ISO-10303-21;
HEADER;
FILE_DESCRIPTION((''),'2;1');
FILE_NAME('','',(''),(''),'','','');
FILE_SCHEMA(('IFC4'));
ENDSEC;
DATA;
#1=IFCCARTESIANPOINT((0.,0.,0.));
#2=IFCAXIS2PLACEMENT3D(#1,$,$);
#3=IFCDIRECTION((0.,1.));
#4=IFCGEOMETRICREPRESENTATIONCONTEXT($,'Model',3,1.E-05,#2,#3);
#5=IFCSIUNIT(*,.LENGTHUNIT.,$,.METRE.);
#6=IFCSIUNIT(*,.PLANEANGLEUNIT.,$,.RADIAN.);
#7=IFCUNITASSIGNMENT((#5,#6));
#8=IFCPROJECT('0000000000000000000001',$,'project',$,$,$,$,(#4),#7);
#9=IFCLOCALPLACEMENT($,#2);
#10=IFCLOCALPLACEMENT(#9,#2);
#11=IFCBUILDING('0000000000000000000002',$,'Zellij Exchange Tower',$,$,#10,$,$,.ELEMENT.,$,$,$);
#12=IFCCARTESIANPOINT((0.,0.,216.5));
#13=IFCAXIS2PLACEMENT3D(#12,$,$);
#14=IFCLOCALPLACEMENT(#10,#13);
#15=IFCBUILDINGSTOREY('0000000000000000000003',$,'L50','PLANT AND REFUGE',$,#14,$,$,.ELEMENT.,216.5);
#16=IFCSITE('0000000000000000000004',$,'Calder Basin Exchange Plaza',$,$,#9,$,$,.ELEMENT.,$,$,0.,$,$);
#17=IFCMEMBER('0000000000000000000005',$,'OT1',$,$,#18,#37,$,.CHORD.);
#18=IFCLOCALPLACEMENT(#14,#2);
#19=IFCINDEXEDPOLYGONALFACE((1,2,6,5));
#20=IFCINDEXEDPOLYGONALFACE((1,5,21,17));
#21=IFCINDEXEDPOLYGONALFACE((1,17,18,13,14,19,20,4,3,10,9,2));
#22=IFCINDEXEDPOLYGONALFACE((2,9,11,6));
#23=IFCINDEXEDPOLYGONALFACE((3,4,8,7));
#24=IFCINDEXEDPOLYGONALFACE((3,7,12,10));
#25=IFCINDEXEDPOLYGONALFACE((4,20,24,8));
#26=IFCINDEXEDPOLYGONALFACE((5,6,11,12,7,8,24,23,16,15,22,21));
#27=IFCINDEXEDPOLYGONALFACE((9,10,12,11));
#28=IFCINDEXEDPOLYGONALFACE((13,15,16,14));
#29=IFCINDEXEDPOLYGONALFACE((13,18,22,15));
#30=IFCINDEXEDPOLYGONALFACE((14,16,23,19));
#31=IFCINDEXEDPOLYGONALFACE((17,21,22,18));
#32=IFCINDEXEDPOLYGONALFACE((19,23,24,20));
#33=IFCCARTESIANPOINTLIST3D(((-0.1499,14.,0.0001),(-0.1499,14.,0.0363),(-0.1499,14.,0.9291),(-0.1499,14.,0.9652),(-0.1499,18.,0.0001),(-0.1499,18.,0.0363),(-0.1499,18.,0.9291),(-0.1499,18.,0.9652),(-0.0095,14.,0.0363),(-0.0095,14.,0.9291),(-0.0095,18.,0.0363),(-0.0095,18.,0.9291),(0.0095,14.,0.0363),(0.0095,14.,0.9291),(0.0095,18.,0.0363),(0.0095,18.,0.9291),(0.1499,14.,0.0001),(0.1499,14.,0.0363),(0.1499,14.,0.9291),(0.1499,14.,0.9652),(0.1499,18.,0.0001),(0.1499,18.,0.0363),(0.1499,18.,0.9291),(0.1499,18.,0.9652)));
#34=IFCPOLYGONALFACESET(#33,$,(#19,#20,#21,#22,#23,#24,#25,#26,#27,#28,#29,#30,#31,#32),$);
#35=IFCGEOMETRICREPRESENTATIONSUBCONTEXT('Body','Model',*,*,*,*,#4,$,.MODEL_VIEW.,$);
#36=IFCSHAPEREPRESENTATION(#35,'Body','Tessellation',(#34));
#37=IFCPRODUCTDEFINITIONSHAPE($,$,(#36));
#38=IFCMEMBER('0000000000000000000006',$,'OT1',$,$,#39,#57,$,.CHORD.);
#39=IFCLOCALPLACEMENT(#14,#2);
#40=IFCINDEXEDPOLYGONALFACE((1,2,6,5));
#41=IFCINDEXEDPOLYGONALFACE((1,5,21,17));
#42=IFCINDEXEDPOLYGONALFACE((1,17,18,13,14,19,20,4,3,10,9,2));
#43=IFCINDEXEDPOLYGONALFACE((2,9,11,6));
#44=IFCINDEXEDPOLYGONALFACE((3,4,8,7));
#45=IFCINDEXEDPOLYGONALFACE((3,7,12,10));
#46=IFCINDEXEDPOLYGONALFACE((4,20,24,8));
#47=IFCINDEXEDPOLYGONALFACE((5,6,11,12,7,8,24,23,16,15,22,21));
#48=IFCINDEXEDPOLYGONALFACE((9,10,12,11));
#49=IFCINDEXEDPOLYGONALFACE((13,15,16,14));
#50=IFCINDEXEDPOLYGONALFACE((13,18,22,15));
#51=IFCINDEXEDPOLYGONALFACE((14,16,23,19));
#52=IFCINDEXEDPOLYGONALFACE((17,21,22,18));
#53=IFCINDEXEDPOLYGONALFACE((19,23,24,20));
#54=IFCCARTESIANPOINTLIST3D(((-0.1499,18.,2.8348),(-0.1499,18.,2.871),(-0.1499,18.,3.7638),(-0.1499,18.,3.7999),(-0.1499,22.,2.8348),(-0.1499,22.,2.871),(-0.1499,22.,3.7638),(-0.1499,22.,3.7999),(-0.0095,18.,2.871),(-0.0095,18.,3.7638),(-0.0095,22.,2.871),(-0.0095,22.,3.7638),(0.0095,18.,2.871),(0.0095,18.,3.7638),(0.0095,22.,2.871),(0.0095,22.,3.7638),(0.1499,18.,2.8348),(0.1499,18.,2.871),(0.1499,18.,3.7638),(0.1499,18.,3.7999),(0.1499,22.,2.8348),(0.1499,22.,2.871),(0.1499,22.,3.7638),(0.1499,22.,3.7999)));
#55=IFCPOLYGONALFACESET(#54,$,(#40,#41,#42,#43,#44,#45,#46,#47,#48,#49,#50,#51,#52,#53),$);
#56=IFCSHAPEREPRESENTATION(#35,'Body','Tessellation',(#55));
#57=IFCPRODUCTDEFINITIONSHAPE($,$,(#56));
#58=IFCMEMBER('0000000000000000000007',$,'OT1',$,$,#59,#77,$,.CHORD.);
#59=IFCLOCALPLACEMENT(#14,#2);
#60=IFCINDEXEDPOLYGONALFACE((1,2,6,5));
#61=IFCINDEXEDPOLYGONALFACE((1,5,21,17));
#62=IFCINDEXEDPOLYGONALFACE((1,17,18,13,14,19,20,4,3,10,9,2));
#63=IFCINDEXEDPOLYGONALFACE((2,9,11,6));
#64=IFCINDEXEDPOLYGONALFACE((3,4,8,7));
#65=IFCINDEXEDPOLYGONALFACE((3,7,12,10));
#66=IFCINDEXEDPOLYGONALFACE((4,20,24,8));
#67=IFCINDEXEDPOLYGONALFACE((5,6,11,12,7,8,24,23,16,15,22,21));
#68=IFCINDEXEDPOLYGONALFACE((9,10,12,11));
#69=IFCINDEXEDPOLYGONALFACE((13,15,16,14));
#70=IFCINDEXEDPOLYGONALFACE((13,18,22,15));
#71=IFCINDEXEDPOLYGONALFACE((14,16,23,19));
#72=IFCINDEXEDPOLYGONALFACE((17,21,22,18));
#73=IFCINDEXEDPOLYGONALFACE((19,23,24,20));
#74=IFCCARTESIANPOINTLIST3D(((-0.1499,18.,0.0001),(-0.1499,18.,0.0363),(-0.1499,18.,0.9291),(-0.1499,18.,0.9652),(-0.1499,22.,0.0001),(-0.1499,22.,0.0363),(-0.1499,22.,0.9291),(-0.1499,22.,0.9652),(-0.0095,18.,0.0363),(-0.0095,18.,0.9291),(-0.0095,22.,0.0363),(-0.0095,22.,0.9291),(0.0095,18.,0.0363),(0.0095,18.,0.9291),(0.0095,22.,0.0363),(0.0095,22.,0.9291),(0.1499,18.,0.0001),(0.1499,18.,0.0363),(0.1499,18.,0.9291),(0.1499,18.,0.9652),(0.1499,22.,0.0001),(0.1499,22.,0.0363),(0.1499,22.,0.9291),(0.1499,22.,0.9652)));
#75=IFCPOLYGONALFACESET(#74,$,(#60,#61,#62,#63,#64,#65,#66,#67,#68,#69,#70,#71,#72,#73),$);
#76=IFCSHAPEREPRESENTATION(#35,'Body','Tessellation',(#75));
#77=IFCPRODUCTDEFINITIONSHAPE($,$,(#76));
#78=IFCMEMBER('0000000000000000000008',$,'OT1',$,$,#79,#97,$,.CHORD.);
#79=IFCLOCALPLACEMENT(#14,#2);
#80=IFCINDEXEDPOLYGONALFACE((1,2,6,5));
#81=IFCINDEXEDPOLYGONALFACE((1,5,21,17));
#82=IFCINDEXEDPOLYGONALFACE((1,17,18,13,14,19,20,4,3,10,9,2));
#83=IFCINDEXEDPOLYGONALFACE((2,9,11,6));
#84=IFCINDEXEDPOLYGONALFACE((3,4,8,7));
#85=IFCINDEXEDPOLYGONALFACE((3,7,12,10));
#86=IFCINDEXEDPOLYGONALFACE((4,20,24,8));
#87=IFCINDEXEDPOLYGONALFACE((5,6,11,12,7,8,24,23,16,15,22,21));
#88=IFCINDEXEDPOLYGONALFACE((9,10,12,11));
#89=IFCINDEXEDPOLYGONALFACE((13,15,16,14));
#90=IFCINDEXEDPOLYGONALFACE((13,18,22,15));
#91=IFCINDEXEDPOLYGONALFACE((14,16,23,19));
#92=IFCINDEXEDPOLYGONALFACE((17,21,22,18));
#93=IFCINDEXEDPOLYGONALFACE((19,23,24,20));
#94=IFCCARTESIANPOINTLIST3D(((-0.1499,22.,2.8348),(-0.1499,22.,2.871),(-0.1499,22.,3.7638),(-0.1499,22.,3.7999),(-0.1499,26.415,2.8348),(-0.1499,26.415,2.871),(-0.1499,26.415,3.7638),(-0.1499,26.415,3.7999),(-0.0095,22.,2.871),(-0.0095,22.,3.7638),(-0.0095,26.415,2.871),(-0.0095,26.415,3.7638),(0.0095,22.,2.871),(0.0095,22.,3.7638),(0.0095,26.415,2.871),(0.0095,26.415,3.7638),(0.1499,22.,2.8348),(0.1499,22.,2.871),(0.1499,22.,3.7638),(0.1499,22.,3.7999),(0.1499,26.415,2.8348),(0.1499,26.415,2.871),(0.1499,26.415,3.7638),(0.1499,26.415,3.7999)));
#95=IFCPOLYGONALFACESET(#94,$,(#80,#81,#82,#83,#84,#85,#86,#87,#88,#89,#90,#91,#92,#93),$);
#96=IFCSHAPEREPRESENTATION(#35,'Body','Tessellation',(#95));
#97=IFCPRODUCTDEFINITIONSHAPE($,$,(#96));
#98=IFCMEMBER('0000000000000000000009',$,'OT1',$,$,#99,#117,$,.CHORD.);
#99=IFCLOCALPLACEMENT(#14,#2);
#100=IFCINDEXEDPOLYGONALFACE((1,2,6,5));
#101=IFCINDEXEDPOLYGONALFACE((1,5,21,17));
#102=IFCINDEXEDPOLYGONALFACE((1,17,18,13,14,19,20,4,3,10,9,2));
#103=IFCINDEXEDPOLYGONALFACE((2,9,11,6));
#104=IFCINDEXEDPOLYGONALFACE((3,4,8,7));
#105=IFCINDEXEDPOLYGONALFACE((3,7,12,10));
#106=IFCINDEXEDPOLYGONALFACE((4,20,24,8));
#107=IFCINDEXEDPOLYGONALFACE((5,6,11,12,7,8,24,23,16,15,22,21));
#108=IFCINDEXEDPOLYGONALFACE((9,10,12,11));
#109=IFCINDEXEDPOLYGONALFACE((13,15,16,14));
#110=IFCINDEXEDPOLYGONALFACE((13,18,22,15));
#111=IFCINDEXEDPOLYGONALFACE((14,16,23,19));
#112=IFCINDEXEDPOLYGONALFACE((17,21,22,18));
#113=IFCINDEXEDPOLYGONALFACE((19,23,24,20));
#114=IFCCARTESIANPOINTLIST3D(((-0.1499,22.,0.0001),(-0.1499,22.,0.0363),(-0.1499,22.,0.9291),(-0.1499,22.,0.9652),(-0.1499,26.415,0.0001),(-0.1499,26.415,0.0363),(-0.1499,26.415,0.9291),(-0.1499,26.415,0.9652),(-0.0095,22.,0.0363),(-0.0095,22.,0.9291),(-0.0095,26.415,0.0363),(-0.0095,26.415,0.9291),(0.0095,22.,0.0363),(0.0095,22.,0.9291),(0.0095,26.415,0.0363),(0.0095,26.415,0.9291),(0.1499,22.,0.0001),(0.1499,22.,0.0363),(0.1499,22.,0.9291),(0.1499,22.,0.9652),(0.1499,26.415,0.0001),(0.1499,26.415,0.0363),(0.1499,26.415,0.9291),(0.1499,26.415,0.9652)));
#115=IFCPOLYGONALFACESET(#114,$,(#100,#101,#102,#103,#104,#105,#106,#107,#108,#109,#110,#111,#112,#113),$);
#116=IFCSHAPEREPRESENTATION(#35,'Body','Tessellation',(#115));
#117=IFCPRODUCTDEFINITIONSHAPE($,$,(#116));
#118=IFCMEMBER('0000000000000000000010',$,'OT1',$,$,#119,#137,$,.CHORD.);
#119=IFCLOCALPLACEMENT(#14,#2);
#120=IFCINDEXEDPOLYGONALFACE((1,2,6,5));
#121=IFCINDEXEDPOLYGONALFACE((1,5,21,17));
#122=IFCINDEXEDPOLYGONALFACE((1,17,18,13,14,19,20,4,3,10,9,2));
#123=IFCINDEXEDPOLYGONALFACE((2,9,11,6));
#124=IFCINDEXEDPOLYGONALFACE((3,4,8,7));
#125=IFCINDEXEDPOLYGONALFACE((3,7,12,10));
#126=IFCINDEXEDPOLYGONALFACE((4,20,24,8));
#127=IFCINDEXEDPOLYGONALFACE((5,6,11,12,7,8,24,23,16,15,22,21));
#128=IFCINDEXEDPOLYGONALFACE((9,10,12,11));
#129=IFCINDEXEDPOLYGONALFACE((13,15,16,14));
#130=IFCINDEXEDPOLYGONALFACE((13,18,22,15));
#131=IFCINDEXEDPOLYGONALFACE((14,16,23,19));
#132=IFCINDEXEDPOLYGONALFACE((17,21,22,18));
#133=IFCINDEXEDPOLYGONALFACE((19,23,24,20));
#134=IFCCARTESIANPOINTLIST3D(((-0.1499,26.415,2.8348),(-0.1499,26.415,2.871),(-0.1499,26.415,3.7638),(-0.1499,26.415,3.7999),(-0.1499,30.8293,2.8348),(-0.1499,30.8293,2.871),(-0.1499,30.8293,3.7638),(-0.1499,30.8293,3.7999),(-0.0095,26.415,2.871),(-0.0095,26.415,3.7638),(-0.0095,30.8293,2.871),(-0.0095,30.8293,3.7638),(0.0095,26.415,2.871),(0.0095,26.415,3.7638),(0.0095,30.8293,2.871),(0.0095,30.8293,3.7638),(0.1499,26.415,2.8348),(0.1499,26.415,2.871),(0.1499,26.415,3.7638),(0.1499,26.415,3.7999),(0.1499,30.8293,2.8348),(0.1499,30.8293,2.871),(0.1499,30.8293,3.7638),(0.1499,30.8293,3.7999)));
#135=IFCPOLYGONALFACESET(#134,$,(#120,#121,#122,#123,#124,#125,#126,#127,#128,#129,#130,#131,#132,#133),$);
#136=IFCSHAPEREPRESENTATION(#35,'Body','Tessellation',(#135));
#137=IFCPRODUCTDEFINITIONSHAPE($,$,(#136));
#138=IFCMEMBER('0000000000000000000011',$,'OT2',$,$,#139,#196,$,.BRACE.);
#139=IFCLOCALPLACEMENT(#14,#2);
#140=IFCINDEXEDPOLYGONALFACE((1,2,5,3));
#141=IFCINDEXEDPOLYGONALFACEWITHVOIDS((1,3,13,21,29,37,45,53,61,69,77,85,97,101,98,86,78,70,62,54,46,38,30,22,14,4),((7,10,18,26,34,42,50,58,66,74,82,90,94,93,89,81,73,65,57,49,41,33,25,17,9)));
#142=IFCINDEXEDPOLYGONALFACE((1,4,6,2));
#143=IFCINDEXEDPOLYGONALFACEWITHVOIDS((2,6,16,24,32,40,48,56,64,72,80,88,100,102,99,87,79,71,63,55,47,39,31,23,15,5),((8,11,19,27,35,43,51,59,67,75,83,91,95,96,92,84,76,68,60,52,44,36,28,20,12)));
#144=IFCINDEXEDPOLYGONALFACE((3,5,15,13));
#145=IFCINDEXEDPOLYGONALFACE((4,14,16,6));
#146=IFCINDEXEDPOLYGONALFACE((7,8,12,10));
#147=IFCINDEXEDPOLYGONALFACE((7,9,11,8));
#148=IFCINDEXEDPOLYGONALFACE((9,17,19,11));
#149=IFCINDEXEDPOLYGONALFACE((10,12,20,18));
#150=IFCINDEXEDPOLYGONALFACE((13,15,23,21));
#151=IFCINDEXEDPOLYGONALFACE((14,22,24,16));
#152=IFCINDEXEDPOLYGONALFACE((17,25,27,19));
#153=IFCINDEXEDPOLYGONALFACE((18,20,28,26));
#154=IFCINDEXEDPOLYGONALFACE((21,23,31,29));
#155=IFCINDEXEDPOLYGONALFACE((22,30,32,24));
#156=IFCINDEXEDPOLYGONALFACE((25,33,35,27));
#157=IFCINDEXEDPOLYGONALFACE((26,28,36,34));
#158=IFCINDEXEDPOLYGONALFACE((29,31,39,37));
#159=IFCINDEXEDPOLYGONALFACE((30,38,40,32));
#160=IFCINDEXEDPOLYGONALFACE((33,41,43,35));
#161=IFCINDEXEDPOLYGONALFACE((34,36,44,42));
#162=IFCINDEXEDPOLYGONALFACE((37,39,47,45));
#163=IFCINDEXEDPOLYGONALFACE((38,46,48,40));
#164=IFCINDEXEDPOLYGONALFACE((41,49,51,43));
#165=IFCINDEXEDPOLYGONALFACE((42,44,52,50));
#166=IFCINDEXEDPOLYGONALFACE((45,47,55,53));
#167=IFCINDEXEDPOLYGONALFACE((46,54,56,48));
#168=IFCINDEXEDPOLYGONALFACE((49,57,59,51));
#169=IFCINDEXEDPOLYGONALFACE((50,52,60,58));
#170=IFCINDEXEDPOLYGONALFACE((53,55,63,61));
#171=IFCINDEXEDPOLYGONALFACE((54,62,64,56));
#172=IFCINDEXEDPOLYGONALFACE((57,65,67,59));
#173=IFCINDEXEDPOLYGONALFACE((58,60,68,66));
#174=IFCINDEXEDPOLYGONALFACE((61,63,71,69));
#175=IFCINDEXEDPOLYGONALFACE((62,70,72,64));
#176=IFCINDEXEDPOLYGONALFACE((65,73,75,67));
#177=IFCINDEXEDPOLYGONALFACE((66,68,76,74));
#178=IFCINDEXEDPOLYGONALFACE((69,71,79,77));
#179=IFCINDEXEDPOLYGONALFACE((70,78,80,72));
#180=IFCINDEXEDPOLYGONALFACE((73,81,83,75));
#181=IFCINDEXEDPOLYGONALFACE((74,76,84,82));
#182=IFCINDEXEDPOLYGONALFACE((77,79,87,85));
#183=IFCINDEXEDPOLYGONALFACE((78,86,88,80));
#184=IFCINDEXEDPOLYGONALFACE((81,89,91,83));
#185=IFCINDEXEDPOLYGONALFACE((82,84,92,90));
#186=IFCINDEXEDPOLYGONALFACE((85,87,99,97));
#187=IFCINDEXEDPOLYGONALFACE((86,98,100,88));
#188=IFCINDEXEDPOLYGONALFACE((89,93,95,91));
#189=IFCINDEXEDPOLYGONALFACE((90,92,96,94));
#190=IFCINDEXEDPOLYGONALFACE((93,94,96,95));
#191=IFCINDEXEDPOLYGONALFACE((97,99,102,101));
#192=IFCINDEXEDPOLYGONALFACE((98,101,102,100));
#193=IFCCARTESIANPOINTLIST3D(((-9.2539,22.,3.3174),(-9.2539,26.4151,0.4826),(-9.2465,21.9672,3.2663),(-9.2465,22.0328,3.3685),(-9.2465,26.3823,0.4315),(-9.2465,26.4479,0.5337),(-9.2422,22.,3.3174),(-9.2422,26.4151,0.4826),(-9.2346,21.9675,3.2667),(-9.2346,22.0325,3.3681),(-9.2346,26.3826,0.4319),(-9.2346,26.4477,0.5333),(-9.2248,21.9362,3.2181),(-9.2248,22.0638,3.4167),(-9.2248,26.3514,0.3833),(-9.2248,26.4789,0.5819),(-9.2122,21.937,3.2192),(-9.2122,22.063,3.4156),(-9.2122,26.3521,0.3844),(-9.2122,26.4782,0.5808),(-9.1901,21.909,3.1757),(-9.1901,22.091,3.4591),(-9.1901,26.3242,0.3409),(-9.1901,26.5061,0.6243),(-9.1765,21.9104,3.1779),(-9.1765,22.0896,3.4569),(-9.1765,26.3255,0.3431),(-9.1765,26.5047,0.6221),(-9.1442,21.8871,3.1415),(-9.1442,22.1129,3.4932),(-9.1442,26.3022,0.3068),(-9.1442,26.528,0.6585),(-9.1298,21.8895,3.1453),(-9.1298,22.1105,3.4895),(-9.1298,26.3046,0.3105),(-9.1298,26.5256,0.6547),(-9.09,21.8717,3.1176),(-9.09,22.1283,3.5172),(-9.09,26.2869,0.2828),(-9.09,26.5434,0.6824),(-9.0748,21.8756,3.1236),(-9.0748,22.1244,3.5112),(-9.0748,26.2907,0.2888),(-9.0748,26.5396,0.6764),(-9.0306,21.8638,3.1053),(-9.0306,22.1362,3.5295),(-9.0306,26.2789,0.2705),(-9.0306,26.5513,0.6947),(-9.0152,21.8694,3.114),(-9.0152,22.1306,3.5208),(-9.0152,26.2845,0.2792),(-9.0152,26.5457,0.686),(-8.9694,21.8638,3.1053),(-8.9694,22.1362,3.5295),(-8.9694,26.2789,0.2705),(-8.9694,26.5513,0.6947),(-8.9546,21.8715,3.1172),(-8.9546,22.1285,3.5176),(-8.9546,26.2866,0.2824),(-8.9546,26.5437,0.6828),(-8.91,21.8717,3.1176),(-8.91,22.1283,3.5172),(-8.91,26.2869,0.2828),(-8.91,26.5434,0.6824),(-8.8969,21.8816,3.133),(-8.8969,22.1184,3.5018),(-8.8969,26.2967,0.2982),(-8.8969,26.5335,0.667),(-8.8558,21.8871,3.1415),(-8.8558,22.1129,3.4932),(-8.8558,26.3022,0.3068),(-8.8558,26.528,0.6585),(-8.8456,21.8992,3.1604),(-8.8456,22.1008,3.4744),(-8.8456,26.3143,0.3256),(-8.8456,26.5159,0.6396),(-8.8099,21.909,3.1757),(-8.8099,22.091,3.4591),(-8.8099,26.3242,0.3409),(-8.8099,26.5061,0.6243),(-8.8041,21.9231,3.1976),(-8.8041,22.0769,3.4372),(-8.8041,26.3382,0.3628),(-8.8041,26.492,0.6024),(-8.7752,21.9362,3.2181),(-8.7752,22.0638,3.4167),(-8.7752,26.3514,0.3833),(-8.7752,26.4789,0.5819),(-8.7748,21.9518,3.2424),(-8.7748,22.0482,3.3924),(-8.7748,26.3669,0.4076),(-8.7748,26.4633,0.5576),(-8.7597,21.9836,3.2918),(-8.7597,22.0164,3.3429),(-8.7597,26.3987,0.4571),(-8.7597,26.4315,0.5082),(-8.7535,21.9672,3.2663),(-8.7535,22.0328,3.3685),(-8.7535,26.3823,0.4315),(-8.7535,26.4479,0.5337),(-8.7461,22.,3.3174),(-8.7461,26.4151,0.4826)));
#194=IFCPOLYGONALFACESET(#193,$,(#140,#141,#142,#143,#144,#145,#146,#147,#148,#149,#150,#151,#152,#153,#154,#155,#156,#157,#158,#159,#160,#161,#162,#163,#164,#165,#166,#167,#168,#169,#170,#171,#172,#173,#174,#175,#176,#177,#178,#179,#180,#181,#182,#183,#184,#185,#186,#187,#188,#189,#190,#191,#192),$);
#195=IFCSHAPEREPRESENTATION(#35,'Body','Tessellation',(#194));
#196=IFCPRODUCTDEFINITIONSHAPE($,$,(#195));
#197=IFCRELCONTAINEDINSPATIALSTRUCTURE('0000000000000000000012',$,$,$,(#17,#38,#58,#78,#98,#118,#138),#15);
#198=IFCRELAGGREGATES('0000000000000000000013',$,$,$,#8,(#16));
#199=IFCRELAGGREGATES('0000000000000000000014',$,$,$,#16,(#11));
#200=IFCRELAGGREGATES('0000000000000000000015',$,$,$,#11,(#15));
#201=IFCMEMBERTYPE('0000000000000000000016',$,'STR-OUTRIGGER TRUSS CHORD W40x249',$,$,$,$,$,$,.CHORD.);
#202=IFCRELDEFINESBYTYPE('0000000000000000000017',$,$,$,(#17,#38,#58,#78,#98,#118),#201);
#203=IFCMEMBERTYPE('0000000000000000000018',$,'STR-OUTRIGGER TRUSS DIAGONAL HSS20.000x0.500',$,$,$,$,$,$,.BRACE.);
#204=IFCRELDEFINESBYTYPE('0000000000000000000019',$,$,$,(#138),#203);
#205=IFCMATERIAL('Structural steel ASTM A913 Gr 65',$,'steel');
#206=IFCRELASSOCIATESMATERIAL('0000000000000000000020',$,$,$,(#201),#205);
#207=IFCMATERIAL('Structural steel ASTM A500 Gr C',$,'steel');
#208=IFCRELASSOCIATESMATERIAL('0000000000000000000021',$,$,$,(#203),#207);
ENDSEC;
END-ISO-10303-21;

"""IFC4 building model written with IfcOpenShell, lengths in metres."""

from ifc_helpers import new_model, si_unit, direction, frame, origin, origin_2d, place, context, subcontext, project, spatial, hollow_circle, i_section, extrude, material, material_profile, profile_set, type_object, element, save


model = new_model("IFC4")

# Units and contexts
model_context = context("Model", 3, precision=1e-05, world=origin(), true_north=direction((0.0, 1.0)))
body_context = subcontext(model_context, "Body", "Model", "MODEL_VIEW")
ifc_project = project(units=[si_unit("LENGTHUNIT", "METRE"), si_unit("PLANEANGLEUNIT", "RADIAN")], contexts=[model_context])

# Site, building, storey
site_placement = place(None, origin())
site = spatial("IfcSite", under=ifc_project, at=site_placement, Name="Calder Basin Exchange Plaza", CompositionType="ELEMENT", RefElevation=0.0)
building_placement = place(site_placement, origin())
building = spatial("IfcBuilding", under=site, at=building_placement, Name="Zellij Exchange Tower", CompositionType="ELEMENT")
storey_placement = place(building_placement, frame((0.0, 0.0, 216.5)))
storey = spatial("IfcBuildingStorey", under=building, at=storey_placement, Name="L50", Description="PLANT AND REFUGE", CompositionType="ELEMENT", Elevation=216.5)

# Shared definitions
ifc_material_1 = material(Name="Structural steel ASTM A913 Gr 65", Category="steel")

# Members
ifc_material_profile_1 = material_profile(ifc_material_1, i_section(OverallWidth=0.2998, OverallDepth=0.9651, WebThickness=0.019, FlangeThickness=0.0361, at=origin_2d()), Name="W40x249")
ifc_profile_set_1 = profile_set([ifc_material_profile_1], Name="Structural steel ASTM A913 Gr 65")
member_type_1 = type_object("IfcMemberType", Name="STR-OUTRIGGER TRUSS CHORD W40x249", PredefinedType="CHORD", material=ifc_profile_set_1)
for number, where, z_axis, x_axis, name in (
    (1, (0.0, 14.0, 0.4827), (0.0, 1.0, 0.0), (-1.0, 0.0, 0.0), "OT1"),
    (2, (0.0, 18.0, 3.3174), (0.0, 1.0, 0.0), (-1.0, 0.0, 0.0), "OT1"),
    (3, (0.0, 18.0, 0.4827), (0.0, 1.0, 0.0), (-1.0, 0.0, 0.0), "OT1"),
):
    element("IfcMember", number, at=place(storey_placement, frame(where, z_axis=z_axis, x_axis=x_axis)), inside=storey, type_object=member_type_1, Name=name, PredefinedType="CHORD", context=body_context, shape_type="SweptSolid", body=[
        extrude(i_section(OverallWidth=0.2998, OverallDepth=0.9651, WebThickness=0.019, FlangeThickness=0.0361, at=origin_2d()), origin(), (0.0, 0.0, 1.0), 4.0),
    ])
for number, where, z_axis, x_axis, name in (
    (4, (0.0, 22.0, 3.3174), (0.0, 1.0, 0.0), (-1.0, 0.0, 0.0), "OT1"),
    (5, (0.0, 22.0, 0.4827), (0.0, 1.0, 0.0), (-1.0, 0.0, 0.0), "OT1"),
):
    element("IfcMember", number, at=place(storey_placement, frame(where, z_axis=z_axis, x_axis=x_axis)), inside=storey, type_object=member_type_1, Name=name, PredefinedType="CHORD", context=body_context, shape_type="SweptSolid", body=[
        extrude(i_section(OverallWidth=0.2998, OverallDepth=0.9651, WebThickness=0.019, FlangeThickness=0.0361, at=origin_2d()), origin(), (0.0, 0.0, 1.0), 4.415),
    ])
member_1_placement = place(storey_placement, frame((0.0, 26.415, 3.3174), z_axis=(0.0, 1.0, 0.0), x_axis=(-1.0, 0.0, 0.0)))
element("IfcMember", 6, at=member_1_placement, inside=storey, type_object=member_type_1, Name="OT1", PredefinedType="CHORD", context=body_context, shape_type="SweptSolid", body=[
    extrude(i_section(OverallWidth=0.2998, OverallDepth=0.9651, WebThickness=0.019, FlangeThickness=0.0361, at=origin_2d()), origin(), (0.0, 0.0, 1.0), 4.4143),
])
ifc_material_2 = material(Name="Structural steel ASTM A500 Gr C", Category="steel")
ifc_material_profile_2 = material_profile(ifc_material_2, hollow_circle(Radius=0.2539, WallThickness=0.0117, at=origin_2d()), Name="STR-OUTRIGGER TRUSS DIAGONAL HSS20.000x0.500")
ifc_profile_set_2 = profile_set([ifc_material_profile_2], Name="Structural steel ASTM A500 Gr C")
member_type_2 = type_object("IfcMemberType", Name="STR-OUTRIGGER TRUSS DIAGONAL HSS20.000x0.500", PredefinedType="BRACE", material=ifc_profile_set_2)
member_2_placement = place(storey_placement, frame((-9.0, 22.0, 3.3174), z_axis=(0.0, 0.841484, -0.540282), x_axis=(-1.0, 0.0, 0.0)))
element("IfcMember", 7, at=member_2_placement, inside=storey, type_object=member_type_2, Name="OT2", PredefinedType="BRACE", context=body_context, shape_type="SweptSolid", body=[
    extrude(hollow_circle(Radius=0.2539, WallThickness=0.0117, at=origin_2d()), origin(), (0.0, 0.0, 1.0), 5.2468),
])

save(model, "model.ifc")
